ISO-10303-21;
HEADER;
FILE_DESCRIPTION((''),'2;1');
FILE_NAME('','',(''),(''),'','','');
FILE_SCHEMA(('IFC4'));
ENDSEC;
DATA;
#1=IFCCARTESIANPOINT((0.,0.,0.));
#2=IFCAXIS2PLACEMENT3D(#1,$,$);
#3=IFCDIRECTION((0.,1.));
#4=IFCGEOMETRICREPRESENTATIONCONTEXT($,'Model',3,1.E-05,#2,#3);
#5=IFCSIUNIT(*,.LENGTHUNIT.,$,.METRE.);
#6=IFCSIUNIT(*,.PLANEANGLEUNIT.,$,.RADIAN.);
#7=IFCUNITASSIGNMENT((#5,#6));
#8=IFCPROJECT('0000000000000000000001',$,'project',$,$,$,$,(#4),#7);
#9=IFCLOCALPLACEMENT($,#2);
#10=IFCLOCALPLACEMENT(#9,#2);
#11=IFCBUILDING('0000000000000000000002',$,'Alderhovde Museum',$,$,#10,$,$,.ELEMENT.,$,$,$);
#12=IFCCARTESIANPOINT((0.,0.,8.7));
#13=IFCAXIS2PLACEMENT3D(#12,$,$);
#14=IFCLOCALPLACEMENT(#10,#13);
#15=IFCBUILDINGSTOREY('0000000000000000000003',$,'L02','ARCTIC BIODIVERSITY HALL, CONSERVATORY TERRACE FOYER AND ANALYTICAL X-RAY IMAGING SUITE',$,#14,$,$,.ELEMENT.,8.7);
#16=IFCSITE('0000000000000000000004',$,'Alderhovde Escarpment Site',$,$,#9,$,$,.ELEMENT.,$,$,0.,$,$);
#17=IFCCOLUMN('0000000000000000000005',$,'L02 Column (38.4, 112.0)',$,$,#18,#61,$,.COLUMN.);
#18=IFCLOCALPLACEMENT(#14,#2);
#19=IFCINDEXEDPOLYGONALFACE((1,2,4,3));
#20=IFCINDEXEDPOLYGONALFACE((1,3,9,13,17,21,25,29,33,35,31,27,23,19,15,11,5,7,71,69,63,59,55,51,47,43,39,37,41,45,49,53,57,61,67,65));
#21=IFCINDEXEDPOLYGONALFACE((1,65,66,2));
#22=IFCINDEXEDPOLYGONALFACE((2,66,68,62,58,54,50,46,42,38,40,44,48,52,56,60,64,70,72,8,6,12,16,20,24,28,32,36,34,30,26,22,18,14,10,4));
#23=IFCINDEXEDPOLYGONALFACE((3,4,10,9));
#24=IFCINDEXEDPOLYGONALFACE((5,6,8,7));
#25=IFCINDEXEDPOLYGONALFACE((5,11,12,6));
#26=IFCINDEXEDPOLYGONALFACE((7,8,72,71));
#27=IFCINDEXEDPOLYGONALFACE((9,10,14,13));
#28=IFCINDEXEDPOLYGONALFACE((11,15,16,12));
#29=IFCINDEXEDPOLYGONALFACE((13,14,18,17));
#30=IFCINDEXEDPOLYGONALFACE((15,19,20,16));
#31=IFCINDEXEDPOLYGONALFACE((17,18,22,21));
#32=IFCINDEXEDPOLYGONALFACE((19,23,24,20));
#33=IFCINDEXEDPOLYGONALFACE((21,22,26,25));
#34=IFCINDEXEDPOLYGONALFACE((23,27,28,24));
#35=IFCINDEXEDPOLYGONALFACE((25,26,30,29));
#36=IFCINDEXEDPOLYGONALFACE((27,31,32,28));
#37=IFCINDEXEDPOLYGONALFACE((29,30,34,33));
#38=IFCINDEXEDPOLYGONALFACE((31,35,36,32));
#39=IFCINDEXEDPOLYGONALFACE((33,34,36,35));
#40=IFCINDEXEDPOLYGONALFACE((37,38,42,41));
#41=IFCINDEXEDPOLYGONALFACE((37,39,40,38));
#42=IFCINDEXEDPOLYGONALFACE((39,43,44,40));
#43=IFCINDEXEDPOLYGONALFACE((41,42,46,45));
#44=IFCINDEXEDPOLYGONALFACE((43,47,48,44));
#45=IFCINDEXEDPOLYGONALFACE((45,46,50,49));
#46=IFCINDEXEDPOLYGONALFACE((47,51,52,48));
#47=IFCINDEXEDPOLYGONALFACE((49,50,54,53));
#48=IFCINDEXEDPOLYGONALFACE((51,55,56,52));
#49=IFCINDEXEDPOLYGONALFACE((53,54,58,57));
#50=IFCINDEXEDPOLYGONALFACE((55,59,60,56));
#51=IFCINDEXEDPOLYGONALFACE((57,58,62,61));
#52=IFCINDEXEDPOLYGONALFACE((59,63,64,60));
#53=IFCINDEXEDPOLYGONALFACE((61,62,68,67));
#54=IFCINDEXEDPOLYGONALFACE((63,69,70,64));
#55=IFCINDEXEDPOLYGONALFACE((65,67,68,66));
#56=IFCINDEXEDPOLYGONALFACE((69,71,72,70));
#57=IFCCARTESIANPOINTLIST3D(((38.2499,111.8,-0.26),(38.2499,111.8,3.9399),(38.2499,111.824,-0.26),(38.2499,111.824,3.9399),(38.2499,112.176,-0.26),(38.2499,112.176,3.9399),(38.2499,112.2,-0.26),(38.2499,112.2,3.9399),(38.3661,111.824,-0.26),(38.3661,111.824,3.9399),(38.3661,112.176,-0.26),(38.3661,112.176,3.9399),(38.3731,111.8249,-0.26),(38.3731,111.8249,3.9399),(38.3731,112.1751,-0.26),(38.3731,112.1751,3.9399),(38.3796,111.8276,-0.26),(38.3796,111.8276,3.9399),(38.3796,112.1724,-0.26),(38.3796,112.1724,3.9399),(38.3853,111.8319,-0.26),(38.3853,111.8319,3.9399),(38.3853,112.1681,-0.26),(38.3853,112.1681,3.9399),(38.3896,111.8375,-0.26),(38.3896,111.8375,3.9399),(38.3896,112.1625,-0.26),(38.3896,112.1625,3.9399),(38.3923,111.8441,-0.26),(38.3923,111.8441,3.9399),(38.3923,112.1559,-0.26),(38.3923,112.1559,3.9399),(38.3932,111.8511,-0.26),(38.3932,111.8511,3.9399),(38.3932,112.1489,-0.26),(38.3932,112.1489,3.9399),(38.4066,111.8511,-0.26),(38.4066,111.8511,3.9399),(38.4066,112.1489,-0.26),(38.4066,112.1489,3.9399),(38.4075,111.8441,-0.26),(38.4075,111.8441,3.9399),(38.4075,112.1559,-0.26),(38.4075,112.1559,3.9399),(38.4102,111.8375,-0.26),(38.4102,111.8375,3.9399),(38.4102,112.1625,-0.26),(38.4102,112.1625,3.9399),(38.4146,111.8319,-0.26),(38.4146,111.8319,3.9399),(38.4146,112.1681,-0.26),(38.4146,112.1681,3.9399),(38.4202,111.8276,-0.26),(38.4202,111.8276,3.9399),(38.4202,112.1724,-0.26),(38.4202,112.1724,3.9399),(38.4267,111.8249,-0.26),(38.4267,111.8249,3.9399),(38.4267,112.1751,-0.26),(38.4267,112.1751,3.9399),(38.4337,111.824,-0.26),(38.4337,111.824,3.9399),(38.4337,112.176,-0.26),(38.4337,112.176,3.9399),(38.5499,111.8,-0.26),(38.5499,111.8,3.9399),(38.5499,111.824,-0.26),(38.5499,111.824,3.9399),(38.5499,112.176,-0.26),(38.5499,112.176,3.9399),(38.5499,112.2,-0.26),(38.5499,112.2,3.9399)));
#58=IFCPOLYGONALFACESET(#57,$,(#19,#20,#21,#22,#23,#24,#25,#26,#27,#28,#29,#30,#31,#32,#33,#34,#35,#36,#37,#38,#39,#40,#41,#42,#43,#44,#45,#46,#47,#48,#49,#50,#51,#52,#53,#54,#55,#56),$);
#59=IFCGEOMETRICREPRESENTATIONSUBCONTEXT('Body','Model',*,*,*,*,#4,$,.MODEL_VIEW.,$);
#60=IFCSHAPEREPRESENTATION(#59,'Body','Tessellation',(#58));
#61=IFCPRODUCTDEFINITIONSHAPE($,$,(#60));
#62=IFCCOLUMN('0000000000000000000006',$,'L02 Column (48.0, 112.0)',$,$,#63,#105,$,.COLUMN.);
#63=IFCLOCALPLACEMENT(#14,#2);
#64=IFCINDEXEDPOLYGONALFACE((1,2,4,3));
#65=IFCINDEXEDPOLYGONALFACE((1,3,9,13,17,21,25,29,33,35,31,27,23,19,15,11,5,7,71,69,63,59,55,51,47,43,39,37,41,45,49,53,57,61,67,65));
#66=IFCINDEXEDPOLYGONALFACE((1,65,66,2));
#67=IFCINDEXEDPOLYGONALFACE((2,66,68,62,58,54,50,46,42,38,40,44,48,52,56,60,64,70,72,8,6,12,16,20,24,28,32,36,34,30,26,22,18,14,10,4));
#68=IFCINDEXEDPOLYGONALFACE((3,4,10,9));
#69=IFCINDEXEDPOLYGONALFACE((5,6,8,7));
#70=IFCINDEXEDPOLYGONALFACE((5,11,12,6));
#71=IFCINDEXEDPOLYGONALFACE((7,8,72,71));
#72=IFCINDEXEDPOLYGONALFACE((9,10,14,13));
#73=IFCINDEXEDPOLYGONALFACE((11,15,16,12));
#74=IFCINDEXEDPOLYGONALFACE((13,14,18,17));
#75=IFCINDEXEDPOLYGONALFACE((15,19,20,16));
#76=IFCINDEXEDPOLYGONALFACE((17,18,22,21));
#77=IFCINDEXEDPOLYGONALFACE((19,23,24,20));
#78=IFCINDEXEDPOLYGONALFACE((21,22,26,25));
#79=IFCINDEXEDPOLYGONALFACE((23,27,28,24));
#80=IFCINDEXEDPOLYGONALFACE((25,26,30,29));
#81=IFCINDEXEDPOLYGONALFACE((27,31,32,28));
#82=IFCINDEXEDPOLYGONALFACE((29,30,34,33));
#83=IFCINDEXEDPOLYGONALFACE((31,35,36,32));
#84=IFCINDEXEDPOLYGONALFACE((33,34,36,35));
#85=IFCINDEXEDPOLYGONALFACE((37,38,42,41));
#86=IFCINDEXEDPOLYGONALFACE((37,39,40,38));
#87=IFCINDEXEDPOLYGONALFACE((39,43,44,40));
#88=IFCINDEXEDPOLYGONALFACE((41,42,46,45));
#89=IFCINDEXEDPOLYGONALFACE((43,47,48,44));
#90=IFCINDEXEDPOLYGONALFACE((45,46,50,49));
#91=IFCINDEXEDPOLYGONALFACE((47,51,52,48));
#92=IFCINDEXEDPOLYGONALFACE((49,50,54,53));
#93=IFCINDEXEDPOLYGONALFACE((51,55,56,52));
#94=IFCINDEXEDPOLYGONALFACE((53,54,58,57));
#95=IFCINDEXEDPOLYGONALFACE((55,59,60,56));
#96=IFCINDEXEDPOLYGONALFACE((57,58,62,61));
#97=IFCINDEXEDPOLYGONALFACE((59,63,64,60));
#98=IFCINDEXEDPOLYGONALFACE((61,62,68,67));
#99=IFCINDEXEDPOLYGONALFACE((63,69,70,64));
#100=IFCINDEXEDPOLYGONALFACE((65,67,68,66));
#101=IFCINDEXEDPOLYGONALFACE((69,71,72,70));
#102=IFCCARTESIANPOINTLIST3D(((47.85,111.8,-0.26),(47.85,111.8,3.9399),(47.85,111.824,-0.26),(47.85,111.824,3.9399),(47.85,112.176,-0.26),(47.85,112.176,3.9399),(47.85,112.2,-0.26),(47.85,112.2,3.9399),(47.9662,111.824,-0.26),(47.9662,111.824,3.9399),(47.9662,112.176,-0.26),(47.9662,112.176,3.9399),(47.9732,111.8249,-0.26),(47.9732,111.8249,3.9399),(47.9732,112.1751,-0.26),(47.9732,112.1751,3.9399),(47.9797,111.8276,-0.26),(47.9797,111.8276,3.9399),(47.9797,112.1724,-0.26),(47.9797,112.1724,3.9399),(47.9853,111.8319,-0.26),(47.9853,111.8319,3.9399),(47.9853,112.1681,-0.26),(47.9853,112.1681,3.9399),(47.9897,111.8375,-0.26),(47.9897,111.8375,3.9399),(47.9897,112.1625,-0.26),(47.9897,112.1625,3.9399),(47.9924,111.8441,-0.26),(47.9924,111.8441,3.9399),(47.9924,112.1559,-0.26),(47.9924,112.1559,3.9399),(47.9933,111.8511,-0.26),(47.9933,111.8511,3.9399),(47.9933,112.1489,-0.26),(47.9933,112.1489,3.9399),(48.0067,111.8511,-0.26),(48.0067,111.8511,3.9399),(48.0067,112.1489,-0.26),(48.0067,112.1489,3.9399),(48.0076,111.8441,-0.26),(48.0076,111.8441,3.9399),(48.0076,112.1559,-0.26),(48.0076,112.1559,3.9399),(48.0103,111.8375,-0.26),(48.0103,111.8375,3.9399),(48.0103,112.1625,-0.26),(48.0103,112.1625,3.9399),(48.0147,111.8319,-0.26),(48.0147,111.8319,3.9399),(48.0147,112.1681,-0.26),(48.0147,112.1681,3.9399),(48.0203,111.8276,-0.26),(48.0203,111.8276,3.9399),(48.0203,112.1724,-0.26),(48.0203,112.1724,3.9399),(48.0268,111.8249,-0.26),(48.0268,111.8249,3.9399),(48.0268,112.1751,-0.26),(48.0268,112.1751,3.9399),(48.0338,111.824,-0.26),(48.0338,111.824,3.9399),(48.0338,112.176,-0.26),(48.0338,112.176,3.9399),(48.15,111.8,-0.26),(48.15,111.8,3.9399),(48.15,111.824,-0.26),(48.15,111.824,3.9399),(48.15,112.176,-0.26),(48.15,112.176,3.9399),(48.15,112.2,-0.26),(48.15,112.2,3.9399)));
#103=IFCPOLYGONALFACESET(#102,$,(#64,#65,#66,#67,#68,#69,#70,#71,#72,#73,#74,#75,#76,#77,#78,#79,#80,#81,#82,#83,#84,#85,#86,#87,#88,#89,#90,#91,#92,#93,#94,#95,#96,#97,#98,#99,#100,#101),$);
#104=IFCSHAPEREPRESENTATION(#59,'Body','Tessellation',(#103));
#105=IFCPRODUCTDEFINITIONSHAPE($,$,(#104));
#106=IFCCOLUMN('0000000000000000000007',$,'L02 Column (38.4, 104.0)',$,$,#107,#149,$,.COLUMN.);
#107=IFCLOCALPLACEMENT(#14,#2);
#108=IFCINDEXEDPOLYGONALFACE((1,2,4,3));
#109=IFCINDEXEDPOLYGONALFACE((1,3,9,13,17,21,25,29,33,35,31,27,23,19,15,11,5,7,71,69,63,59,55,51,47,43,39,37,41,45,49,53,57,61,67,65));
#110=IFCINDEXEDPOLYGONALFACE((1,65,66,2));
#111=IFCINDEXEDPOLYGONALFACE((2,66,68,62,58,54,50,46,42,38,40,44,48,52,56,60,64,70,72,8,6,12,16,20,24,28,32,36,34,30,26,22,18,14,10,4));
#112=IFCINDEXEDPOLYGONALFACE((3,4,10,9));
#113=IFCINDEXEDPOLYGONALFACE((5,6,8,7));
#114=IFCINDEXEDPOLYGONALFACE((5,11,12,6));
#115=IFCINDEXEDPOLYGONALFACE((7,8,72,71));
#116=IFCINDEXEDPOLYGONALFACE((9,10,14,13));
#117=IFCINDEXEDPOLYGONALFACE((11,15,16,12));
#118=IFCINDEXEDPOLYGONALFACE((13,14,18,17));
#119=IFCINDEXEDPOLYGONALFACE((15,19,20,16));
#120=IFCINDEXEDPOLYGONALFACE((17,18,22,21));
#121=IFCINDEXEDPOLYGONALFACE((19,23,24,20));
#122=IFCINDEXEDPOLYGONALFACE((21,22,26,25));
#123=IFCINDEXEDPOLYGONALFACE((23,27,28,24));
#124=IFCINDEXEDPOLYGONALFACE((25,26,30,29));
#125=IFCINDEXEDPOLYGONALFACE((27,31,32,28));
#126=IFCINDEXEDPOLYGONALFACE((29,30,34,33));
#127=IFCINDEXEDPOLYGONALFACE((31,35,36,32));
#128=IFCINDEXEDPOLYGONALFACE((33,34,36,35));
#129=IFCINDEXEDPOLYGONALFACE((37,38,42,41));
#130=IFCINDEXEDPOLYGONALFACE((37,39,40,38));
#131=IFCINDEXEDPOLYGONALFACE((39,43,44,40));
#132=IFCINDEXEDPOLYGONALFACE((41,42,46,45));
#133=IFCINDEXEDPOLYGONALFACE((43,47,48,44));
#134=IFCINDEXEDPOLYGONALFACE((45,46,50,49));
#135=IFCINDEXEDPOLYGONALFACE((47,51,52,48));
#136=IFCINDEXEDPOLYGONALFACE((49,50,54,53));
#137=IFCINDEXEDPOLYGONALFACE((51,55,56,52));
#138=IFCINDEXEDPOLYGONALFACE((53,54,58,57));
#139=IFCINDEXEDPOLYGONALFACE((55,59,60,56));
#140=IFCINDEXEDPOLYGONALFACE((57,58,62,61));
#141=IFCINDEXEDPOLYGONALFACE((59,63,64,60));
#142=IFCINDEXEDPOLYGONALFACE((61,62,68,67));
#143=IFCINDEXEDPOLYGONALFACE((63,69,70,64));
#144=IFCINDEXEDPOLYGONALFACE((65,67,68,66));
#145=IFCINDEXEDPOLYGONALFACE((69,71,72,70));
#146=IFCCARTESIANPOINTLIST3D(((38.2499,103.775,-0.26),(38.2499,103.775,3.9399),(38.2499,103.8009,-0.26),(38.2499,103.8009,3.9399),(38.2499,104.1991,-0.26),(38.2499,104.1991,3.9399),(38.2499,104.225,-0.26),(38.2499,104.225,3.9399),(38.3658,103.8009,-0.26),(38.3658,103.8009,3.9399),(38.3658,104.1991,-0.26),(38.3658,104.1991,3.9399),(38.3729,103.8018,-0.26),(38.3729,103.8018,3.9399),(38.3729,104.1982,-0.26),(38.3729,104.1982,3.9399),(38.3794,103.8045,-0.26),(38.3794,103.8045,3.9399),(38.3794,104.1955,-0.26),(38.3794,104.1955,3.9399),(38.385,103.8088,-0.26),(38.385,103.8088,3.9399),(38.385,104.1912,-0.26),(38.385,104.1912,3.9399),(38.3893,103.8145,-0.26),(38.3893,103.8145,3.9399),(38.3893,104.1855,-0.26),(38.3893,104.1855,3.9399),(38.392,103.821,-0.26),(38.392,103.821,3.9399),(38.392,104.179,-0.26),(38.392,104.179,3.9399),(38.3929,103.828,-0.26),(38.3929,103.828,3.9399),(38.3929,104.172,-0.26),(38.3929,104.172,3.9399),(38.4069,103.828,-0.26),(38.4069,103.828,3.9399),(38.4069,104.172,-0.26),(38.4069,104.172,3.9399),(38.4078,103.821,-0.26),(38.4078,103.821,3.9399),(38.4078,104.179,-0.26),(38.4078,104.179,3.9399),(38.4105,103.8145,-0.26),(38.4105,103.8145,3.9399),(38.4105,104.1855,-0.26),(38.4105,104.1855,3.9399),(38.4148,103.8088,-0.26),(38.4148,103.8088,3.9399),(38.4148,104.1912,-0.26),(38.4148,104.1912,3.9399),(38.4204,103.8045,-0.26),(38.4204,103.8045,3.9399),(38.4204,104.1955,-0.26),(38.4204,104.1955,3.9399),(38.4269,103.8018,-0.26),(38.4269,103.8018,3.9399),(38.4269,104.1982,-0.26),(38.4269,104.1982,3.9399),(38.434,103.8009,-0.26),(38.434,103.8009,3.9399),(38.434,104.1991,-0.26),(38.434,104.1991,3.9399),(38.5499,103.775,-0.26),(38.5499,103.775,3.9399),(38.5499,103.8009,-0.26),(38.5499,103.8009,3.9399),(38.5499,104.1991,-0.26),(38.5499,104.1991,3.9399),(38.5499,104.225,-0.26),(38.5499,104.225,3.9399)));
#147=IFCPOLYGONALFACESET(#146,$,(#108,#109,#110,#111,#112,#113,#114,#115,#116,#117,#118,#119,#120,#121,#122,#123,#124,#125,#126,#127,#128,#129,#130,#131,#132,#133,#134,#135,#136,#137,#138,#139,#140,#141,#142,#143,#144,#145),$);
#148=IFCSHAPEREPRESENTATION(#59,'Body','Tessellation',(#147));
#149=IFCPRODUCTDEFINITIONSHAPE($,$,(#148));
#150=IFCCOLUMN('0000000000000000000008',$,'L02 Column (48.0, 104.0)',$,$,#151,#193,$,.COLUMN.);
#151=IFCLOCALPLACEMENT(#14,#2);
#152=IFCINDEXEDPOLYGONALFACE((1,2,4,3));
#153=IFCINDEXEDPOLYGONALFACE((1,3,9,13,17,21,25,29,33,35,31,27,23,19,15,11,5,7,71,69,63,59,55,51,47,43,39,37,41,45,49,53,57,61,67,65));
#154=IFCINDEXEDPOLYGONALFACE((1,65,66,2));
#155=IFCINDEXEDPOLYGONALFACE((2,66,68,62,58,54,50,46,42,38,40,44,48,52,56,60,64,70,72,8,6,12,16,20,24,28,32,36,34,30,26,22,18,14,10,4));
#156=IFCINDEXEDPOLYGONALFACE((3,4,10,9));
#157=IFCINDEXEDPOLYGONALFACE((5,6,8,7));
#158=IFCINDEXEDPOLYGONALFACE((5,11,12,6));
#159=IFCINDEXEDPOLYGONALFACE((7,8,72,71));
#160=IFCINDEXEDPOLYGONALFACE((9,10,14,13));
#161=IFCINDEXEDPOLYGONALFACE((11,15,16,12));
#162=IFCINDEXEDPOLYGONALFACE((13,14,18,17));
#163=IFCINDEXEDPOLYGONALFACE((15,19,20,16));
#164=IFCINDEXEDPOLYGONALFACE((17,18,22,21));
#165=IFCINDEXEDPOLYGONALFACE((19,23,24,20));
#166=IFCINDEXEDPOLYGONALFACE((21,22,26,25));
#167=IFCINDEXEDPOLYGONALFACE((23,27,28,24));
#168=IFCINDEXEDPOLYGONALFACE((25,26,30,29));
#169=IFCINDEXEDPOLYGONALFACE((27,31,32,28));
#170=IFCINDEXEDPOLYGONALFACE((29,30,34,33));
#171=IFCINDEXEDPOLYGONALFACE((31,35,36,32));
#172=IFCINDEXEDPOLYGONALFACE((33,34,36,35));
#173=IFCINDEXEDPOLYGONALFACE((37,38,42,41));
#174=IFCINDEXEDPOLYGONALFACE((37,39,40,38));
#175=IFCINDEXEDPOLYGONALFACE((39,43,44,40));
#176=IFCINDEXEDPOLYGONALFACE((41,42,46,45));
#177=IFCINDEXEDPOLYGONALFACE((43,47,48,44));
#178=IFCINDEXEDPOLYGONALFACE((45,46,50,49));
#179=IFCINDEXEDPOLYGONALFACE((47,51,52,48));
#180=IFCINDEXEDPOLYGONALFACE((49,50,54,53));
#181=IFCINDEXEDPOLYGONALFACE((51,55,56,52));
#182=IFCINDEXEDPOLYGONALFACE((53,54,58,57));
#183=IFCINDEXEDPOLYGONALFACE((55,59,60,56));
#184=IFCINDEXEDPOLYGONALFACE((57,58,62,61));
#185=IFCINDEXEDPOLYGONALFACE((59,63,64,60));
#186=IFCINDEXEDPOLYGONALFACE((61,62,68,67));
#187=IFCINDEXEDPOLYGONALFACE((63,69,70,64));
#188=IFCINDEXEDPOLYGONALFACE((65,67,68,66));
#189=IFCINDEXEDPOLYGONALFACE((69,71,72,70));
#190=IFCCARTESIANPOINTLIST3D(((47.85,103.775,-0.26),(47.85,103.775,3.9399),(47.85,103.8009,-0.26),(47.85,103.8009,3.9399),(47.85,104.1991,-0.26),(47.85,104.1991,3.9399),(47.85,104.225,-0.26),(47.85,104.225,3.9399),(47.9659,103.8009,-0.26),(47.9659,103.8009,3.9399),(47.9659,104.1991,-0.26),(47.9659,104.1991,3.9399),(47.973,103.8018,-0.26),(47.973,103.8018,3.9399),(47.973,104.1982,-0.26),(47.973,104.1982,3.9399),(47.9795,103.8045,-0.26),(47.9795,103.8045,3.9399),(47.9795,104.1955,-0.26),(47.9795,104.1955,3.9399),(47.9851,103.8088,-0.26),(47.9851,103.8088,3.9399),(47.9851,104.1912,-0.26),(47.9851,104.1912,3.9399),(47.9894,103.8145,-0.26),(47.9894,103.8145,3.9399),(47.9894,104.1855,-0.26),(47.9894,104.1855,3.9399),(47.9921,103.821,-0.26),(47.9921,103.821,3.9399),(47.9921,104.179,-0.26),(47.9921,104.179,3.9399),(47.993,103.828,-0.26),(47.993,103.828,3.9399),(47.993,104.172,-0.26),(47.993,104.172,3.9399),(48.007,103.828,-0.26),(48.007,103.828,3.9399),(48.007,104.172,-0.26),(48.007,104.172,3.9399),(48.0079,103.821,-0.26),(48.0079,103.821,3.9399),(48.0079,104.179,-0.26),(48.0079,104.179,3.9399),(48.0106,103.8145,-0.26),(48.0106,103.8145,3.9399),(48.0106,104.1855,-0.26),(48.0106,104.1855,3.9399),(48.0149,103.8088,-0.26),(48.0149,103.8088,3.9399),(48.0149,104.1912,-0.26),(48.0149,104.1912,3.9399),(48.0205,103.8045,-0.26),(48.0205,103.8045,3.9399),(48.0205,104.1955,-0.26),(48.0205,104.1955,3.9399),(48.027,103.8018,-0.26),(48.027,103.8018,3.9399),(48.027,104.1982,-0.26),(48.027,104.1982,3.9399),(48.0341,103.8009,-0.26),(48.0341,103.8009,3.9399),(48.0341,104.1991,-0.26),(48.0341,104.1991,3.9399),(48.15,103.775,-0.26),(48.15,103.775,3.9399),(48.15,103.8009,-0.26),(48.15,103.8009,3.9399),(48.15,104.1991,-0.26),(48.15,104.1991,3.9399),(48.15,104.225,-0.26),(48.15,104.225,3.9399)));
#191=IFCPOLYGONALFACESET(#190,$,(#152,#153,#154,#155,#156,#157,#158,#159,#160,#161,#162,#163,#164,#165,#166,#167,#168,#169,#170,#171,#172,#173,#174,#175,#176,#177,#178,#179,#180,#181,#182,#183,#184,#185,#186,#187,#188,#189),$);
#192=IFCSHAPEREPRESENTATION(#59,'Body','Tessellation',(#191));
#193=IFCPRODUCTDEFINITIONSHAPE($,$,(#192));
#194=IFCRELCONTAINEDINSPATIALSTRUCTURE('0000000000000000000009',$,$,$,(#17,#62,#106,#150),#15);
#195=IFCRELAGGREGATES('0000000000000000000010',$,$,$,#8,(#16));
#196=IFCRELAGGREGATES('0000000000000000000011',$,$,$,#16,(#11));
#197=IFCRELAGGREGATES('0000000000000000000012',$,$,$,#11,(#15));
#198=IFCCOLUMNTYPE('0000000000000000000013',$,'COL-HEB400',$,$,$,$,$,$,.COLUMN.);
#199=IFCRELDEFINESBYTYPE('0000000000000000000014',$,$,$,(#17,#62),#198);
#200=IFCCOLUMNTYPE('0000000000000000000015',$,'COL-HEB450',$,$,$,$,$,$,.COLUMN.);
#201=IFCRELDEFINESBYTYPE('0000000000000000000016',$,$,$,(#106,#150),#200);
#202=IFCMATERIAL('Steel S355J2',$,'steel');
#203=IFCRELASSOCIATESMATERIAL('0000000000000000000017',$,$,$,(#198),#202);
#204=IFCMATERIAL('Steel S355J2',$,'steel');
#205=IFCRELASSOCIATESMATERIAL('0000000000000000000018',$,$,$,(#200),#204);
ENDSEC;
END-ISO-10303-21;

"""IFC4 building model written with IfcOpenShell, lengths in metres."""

from ifc_helpers import new_model, si_unit, direction, frame, origin, origin_2d, place, context, subcontext, project, spatial, i_section, extrude, material, material_profile, profile_set, type_object, element, save


model = new_model("IFC4")

# Units and contexts
model_context = context("Model", 3, precision=1e-05, world=origin(), true_north=direction((0.0, 1.0)))
body_context = subcontext(model_context, "Body", "Model", "MODEL_VIEW")
ifc_project = project(units=[si_unit("LENGTHUNIT", "METRE"), si_unit("PLANEANGLEUNIT", "RADIAN")], contexts=[model_context])

# Site, building, storey
site_placement = place(None, origin())
site = spatial("IfcSite", under=ifc_project, at=site_placement, Name="Alderhovde Escarpment Site", CompositionType="ELEMENT", RefElevation=0.0)
building_placement = place(site_placement, origin())
building = spatial("IfcBuilding", under=site, at=building_placement, Name="Alderhovde Museum", CompositionType="ELEMENT")
storey_placement = place(building_placement, frame((0.0, 0.0, 8.7)))
storey = spatial("IfcBuildingStorey", under=building, at=storey_placement, Name="L02", Description="ARCTIC BIODIVERSITY HALL, CONSERVATORY TERRACE FOYER AND ANALYTICAL X-RAY IMAGING SUITE", CompositionType="ELEMENT", Elevation=8.7)

# Columns
ifc_material_1 = material(Name="Steel S355J2", Category="steel")
ifc_material_profile_1 = material_profile(ifc_material_1, i_section(OverallWidth=0.3, OverallDepth=0.3999, WebThickness=0.0134, FlangeThickness=0.0239, FilletRadius=0.0271, at=origin_2d()), Name="HEB 400")
ifc_profile_set_1 = profile_set([ifc_material_profile_1], Name="Steel S355J2")
column_type_1 = type_object("IfcColumnType", Name="COL-HEB400", PredefinedType="COLUMN", material=ifc_profile_set_1)
for number, where, z_axis, x_axis, name in (
    (1, (38.3999, 112.0, -0.26), (0.0, 0.0, 1.0), (1.0, 0.0, 0.0), "L02 Column (38.4, 112.0)"),
    (2, (48.0, 112.0, -0.26), (0.0, 0.0, 1.0), (1.0, 0.0, 0.0), "L02 Column (48.0, 112.0)"),
):
    element("IfcColumn", number, at=place(storey_placement, frame(where, z_axis=z_axis, x_axis=x_axis)), inside=storey, type_object=column_type_1, Name=name, PredefinedType="COLUMN", context=body_context, shape_type="SweptSolid", body=[
        extrude(i_section(OverallWidth=0.3, OverallDepth=0.3999, WebThickness=0.0134, FlangeThickness=0.0239, FilletRadius=0.0271, at=origin_2d()), origin(), (0.0, 0.0, 1.0), 4.2),
    ])
ifc_material_2 = material(Name="Steel S355J2", Category="steel")
ifc_material_profile_2 = material_profile(ifc_material_2, i_section(OverallWidth=0.3, OverallDepth=0.45, WebThickness=0.0139, FlangeThickness=0.0259, FilletRadius=0.0271, at=origin_2d()), Name="HEB 450")
ifc_profile_set_2 = profile_set([ifc_material_profile_2], Name="Steel S355J2")
column_type_2 = type_object("IfcColumnType", Name="COL-HEB450", PredefinedType="COLUMN", material=ifc_profile_set_2)
for number, where, z_axis, x_axis, name in (
    (3, (38.3999, 104.0, -0.26), (0.0, 0.0, 1.0), (1.0, 0.0, 0.0), "L02 Column (38.4, 104.0)"),
    (4, (48.0, 104.0, -0.26), (0.0, 0.0, 1.0), (1.0, 0.0, 0.0), "L02 Column (48.0, 104.0)"),
):
    element("IfcColumn", number, at=place(storey_placement, frame(where, z_axis=z_axis, x_axis=x_axis)), inside=storey, type_object=column_type_2, Name=name, PredefinedType="COLUMN", context=body_context, shape_type="SweptSolid", body=[
        extrude(i_section(OverallWidth=0.3, OverallDepth=0.45, WebThickness=0.0139, FlangeThickness=0.0259, FilletRadius=0.0271, at=origin_2d()), origin(), (0.0, 0.0, 1.0), 4.2),
    ])

save(model, "model.ifc")
